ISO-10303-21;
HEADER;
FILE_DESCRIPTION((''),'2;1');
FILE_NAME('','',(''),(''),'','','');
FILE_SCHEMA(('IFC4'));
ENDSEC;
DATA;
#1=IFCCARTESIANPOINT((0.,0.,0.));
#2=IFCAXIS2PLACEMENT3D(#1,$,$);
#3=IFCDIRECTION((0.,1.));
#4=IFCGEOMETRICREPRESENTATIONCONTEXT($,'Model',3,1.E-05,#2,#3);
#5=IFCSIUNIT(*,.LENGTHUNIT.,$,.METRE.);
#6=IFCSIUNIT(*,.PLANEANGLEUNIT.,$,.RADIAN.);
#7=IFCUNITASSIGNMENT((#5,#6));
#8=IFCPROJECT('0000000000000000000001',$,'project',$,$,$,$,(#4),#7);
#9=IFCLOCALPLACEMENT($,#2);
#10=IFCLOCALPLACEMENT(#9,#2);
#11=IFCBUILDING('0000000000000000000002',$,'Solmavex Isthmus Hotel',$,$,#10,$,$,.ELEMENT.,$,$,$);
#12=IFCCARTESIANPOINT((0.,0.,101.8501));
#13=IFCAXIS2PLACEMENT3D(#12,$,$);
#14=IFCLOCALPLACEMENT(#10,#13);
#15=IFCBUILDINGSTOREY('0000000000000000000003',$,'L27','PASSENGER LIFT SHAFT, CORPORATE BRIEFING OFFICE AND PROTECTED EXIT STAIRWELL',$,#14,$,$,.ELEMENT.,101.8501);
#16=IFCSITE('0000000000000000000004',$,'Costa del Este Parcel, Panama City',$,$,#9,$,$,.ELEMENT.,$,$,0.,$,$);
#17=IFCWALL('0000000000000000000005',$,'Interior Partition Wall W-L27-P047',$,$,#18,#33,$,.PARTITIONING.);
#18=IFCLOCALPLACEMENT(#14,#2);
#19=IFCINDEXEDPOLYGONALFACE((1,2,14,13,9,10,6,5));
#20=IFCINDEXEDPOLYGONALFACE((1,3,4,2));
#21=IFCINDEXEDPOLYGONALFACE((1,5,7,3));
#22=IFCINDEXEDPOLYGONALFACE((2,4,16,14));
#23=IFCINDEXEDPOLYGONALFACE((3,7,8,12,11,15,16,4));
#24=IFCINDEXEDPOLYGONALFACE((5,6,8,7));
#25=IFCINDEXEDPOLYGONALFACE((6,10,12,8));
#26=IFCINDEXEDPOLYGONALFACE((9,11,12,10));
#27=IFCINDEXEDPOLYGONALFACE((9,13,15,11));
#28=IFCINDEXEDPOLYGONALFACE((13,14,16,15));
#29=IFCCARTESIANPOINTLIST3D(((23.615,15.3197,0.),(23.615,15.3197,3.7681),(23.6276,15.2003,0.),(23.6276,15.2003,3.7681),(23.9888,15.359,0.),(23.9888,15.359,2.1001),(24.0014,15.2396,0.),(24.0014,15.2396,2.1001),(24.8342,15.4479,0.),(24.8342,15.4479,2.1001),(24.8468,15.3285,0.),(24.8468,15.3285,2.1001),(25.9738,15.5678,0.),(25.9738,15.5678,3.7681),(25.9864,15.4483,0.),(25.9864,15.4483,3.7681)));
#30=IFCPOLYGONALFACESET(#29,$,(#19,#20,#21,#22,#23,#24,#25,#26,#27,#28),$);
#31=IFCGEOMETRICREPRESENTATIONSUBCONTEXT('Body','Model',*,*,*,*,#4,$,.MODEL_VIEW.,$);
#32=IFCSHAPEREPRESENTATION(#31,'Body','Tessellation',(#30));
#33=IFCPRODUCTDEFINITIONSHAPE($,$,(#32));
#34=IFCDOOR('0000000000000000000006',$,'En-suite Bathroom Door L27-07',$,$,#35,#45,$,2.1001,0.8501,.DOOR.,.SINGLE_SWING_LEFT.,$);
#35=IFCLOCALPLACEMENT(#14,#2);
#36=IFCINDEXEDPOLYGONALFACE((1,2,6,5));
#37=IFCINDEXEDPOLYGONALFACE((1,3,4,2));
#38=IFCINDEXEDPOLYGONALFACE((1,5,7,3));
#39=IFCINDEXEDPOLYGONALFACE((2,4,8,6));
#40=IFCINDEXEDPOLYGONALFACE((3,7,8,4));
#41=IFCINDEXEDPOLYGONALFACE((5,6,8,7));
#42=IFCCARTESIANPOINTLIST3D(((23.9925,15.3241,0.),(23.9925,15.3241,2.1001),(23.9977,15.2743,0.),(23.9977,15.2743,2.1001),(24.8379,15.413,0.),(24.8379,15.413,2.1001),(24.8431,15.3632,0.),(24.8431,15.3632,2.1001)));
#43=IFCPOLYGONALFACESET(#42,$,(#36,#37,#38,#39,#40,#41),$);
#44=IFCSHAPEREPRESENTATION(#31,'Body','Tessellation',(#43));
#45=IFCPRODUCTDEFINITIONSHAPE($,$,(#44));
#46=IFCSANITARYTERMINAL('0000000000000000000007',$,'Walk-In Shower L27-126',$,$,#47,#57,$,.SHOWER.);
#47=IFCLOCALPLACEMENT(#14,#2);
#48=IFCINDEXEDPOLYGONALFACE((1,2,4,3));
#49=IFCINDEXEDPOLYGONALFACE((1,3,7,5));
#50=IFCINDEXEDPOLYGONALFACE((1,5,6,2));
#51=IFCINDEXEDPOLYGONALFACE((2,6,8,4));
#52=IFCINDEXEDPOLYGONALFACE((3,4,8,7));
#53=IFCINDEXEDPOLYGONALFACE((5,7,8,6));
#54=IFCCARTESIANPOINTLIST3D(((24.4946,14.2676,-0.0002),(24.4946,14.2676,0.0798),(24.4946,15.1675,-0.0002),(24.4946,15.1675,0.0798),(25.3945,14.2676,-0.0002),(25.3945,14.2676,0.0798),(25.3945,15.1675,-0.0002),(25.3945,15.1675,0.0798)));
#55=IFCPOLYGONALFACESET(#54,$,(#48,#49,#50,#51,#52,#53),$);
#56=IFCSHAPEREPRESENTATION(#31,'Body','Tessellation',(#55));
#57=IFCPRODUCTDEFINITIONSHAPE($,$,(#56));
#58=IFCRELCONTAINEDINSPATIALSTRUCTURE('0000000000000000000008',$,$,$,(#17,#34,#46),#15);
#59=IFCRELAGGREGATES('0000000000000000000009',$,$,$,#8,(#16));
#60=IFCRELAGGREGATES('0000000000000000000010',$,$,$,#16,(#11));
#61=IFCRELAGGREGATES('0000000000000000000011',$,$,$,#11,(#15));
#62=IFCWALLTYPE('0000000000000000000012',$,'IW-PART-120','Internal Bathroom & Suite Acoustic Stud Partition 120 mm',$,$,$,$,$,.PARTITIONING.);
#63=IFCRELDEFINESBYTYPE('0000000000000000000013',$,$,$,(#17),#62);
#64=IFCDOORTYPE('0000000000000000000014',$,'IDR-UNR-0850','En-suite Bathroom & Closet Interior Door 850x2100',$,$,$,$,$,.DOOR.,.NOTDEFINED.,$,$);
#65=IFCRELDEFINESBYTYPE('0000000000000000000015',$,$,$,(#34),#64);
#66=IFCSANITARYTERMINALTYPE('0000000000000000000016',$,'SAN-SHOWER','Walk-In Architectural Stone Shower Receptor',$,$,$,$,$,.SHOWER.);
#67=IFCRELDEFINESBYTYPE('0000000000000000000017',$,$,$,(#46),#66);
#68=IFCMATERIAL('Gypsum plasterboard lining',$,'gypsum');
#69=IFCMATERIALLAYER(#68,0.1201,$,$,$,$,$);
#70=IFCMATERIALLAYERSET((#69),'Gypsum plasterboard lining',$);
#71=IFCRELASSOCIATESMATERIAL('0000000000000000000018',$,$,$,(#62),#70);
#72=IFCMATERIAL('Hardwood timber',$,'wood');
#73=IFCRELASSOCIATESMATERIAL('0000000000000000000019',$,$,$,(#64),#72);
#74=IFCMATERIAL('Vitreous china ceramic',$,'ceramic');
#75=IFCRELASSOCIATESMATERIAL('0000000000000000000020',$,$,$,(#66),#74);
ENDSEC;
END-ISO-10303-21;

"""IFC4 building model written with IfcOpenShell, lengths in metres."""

from ifc_helpers import new_model, si_unit, direction, frame, frame_2d, origin, origin_2d, place, context, subcontext, project, spatial, rectangle, extrude, material, layer, layer_set, type_object, element, fill, save


model = new_model("IFC4")

# Units and contexts
model_context = context("Model", 3, precision=1e-05, world=origin(), true_north=direction((0.0, 1.0)))
body_context = subcontext(model_context, "Body", "Model", "MODEL_VIEW")
ifc_project = project(units=[si_unit("LENGTHUNIT", "METRE"), si_unit("PLANEANGLEUNIT", "RADIAN")], contexts=[model_context])

# Site, building, storey
site_placement = place(None, origin())
site = spatial("IfcSite", under=ifc_project, at=site_placement, Name="Costa del Este Parcel, Panama City", CompositionType="ELEMENT", RefElevation=0.0)
building_placement = place(site_placement, origin())
building = spatial("IfcBuilding", under=site, at=building_placement, Name="Solmavex Isthmus Hotel", CompositionType="ELEMENT")
storey_placement = place(building_placement, frame((0.0, 0.0, 101.8501)))
storey = spatial("IfcBuildingStorey", under=building, at=storey_placement, Name="L27", Description="PASSENGER LIFT SHAFT, CORPORATE BRIEFING OFFICE AND PROTECTED EXIT STAIRWELL", CompositionType="ELEMENT", Elevation=101.8501)

# Shared definitions
ifc_material_1 = material(Name="Gypsum plasterboard lining", Category="gypsum")
ifc_material_2 = material(Name="Hardwood timber", Category="wood")

# Shared definitions
ifc_layer_1 = layer(ifc_material_1, 0.1201)
ifc_layer_set_1 = layer_set([ifc_layer_1], Name="Gypsum plasterboard lining")
wall_type_1 = type_object("IfcWallType", Name="IW-PART-120", Description="Internal Bathroom & Suite Acoustic Stud Partition 120 mm", PredefinedType="PARTITIONING", material=ifc_layer_set_1)

# Wall, opening, door
wall_1_placement = place(storey_placement, frame((25.9802, 15.5081, 0.0), z_axis=(0.0, 0.0, 1.0), x_axis=(-0.994517, -0.104578, 0.0)))
wall_1 = element("IfcWall", 1, at=wall_1_placement, inside=storey, type_object=wall_type_1, Name="Interior Partition Wall W-L27-P047", PredefinedType="PARTITIONING", context=body_context, shape_type="SweptSolid", body=[
    extrude(rectangle(XDim=2.3718, YDim=0.1201, at=frame_2d((1.186, 0.0))), origin(), (0.0, 0.0, 1.0), 3.7681),
])
opening_1_placement = place(wall_1_placement, frame((1.146, 0.0, 0.0)))
opening_1 = element("IfcOpeningElement", 2, at=opening_1_placement, cuts=wall_1, PredefinedType="OPENING", context=body_context, shape_type="SweptSolid", body=[
    extrude(rectangle(XDim=0.8501, YDim=2.1001, at=frame_2d((0.425, 1.05))), frame((0.0, 0.0701, 0.0), z_axis=(0.0, -1.0, 0.0), x_axis=(1.0, 0.0, 0.0)), (0.0, 0.0, 1.0), 0.1401),
])
door_type_1 = type_object("IfcDoorType", Name="IDR-UNR-0850", Description="En-suite Bathroom & Closet Interior Door 850x2100", OperationType="NOTDEFINED", PredefinedType="DOOR", material=ifc_material_2)
door_1_placement = place(opening_1_placement, frame((0.8501, 0.0, 0.0), z_axis=(0.0, 0.0, 1.0), x_axis=(-1.0, 0.0, 0.0)))
door_1 = element("IfcDoor", 3, at=door_1_placement, inside=storey, type_object=door_type_1, Name="En-suite Bathroom Door L27-07", OperationType="SINGLE_SWING_LEFT", OverallHeight=2.1001, OverallWidth=0.8501, PredefinedType="DOOR", context=body_context, shape_type="SweptSolid", body=[
    extrude(rectangle(XDim=0.8501, YDim=2.1001, at=frame_2d((0.425, 1.05))), frame((0.0, 0.0249, 0.0), z_axis=(0.0, -1.0, 0.0), x_axis=(1.0, 0.0, 0.0)), (0.0, 0.0, 1.0), 0.05),
])
fill(opening_1, door_1)

# Sanitary terminal
ifc_material_3 = material(Name="Vitreous china ceramic", Category="ceramic")
sanitary_terminal_type = type_object("IfcSanitaryTerminalType", Name="SAN-SHOWER", Description="Walk-In Architectural Stone Shower Receptor", PredefinedType="SHOWER", material=ifc_material_3)
sanitary_terminal_placement = place(storey_placement, frame((24.9446, 14.7175, -0.0002), z_axis=(0.0, 0.0, 1.0), x_axis=(1.0, 0.0, 0.0)))
element("IfcSanitaryTerminal", 4, at=sanitary_terminal_placement, inside=storey, type_object=sanitary_terminal_type, Name="Walk-In Shower L27-126", PredefinedType="SHOWER", context=body_context, shape_type="SweptSolid", body=[
    extrude(rectangle(XDim=0.8999, YDim=0.8999, at=origin_2d()), origin(), (0.0, 0.0, 1.0), 0.0801),
])

save(model, "model.ifc")
